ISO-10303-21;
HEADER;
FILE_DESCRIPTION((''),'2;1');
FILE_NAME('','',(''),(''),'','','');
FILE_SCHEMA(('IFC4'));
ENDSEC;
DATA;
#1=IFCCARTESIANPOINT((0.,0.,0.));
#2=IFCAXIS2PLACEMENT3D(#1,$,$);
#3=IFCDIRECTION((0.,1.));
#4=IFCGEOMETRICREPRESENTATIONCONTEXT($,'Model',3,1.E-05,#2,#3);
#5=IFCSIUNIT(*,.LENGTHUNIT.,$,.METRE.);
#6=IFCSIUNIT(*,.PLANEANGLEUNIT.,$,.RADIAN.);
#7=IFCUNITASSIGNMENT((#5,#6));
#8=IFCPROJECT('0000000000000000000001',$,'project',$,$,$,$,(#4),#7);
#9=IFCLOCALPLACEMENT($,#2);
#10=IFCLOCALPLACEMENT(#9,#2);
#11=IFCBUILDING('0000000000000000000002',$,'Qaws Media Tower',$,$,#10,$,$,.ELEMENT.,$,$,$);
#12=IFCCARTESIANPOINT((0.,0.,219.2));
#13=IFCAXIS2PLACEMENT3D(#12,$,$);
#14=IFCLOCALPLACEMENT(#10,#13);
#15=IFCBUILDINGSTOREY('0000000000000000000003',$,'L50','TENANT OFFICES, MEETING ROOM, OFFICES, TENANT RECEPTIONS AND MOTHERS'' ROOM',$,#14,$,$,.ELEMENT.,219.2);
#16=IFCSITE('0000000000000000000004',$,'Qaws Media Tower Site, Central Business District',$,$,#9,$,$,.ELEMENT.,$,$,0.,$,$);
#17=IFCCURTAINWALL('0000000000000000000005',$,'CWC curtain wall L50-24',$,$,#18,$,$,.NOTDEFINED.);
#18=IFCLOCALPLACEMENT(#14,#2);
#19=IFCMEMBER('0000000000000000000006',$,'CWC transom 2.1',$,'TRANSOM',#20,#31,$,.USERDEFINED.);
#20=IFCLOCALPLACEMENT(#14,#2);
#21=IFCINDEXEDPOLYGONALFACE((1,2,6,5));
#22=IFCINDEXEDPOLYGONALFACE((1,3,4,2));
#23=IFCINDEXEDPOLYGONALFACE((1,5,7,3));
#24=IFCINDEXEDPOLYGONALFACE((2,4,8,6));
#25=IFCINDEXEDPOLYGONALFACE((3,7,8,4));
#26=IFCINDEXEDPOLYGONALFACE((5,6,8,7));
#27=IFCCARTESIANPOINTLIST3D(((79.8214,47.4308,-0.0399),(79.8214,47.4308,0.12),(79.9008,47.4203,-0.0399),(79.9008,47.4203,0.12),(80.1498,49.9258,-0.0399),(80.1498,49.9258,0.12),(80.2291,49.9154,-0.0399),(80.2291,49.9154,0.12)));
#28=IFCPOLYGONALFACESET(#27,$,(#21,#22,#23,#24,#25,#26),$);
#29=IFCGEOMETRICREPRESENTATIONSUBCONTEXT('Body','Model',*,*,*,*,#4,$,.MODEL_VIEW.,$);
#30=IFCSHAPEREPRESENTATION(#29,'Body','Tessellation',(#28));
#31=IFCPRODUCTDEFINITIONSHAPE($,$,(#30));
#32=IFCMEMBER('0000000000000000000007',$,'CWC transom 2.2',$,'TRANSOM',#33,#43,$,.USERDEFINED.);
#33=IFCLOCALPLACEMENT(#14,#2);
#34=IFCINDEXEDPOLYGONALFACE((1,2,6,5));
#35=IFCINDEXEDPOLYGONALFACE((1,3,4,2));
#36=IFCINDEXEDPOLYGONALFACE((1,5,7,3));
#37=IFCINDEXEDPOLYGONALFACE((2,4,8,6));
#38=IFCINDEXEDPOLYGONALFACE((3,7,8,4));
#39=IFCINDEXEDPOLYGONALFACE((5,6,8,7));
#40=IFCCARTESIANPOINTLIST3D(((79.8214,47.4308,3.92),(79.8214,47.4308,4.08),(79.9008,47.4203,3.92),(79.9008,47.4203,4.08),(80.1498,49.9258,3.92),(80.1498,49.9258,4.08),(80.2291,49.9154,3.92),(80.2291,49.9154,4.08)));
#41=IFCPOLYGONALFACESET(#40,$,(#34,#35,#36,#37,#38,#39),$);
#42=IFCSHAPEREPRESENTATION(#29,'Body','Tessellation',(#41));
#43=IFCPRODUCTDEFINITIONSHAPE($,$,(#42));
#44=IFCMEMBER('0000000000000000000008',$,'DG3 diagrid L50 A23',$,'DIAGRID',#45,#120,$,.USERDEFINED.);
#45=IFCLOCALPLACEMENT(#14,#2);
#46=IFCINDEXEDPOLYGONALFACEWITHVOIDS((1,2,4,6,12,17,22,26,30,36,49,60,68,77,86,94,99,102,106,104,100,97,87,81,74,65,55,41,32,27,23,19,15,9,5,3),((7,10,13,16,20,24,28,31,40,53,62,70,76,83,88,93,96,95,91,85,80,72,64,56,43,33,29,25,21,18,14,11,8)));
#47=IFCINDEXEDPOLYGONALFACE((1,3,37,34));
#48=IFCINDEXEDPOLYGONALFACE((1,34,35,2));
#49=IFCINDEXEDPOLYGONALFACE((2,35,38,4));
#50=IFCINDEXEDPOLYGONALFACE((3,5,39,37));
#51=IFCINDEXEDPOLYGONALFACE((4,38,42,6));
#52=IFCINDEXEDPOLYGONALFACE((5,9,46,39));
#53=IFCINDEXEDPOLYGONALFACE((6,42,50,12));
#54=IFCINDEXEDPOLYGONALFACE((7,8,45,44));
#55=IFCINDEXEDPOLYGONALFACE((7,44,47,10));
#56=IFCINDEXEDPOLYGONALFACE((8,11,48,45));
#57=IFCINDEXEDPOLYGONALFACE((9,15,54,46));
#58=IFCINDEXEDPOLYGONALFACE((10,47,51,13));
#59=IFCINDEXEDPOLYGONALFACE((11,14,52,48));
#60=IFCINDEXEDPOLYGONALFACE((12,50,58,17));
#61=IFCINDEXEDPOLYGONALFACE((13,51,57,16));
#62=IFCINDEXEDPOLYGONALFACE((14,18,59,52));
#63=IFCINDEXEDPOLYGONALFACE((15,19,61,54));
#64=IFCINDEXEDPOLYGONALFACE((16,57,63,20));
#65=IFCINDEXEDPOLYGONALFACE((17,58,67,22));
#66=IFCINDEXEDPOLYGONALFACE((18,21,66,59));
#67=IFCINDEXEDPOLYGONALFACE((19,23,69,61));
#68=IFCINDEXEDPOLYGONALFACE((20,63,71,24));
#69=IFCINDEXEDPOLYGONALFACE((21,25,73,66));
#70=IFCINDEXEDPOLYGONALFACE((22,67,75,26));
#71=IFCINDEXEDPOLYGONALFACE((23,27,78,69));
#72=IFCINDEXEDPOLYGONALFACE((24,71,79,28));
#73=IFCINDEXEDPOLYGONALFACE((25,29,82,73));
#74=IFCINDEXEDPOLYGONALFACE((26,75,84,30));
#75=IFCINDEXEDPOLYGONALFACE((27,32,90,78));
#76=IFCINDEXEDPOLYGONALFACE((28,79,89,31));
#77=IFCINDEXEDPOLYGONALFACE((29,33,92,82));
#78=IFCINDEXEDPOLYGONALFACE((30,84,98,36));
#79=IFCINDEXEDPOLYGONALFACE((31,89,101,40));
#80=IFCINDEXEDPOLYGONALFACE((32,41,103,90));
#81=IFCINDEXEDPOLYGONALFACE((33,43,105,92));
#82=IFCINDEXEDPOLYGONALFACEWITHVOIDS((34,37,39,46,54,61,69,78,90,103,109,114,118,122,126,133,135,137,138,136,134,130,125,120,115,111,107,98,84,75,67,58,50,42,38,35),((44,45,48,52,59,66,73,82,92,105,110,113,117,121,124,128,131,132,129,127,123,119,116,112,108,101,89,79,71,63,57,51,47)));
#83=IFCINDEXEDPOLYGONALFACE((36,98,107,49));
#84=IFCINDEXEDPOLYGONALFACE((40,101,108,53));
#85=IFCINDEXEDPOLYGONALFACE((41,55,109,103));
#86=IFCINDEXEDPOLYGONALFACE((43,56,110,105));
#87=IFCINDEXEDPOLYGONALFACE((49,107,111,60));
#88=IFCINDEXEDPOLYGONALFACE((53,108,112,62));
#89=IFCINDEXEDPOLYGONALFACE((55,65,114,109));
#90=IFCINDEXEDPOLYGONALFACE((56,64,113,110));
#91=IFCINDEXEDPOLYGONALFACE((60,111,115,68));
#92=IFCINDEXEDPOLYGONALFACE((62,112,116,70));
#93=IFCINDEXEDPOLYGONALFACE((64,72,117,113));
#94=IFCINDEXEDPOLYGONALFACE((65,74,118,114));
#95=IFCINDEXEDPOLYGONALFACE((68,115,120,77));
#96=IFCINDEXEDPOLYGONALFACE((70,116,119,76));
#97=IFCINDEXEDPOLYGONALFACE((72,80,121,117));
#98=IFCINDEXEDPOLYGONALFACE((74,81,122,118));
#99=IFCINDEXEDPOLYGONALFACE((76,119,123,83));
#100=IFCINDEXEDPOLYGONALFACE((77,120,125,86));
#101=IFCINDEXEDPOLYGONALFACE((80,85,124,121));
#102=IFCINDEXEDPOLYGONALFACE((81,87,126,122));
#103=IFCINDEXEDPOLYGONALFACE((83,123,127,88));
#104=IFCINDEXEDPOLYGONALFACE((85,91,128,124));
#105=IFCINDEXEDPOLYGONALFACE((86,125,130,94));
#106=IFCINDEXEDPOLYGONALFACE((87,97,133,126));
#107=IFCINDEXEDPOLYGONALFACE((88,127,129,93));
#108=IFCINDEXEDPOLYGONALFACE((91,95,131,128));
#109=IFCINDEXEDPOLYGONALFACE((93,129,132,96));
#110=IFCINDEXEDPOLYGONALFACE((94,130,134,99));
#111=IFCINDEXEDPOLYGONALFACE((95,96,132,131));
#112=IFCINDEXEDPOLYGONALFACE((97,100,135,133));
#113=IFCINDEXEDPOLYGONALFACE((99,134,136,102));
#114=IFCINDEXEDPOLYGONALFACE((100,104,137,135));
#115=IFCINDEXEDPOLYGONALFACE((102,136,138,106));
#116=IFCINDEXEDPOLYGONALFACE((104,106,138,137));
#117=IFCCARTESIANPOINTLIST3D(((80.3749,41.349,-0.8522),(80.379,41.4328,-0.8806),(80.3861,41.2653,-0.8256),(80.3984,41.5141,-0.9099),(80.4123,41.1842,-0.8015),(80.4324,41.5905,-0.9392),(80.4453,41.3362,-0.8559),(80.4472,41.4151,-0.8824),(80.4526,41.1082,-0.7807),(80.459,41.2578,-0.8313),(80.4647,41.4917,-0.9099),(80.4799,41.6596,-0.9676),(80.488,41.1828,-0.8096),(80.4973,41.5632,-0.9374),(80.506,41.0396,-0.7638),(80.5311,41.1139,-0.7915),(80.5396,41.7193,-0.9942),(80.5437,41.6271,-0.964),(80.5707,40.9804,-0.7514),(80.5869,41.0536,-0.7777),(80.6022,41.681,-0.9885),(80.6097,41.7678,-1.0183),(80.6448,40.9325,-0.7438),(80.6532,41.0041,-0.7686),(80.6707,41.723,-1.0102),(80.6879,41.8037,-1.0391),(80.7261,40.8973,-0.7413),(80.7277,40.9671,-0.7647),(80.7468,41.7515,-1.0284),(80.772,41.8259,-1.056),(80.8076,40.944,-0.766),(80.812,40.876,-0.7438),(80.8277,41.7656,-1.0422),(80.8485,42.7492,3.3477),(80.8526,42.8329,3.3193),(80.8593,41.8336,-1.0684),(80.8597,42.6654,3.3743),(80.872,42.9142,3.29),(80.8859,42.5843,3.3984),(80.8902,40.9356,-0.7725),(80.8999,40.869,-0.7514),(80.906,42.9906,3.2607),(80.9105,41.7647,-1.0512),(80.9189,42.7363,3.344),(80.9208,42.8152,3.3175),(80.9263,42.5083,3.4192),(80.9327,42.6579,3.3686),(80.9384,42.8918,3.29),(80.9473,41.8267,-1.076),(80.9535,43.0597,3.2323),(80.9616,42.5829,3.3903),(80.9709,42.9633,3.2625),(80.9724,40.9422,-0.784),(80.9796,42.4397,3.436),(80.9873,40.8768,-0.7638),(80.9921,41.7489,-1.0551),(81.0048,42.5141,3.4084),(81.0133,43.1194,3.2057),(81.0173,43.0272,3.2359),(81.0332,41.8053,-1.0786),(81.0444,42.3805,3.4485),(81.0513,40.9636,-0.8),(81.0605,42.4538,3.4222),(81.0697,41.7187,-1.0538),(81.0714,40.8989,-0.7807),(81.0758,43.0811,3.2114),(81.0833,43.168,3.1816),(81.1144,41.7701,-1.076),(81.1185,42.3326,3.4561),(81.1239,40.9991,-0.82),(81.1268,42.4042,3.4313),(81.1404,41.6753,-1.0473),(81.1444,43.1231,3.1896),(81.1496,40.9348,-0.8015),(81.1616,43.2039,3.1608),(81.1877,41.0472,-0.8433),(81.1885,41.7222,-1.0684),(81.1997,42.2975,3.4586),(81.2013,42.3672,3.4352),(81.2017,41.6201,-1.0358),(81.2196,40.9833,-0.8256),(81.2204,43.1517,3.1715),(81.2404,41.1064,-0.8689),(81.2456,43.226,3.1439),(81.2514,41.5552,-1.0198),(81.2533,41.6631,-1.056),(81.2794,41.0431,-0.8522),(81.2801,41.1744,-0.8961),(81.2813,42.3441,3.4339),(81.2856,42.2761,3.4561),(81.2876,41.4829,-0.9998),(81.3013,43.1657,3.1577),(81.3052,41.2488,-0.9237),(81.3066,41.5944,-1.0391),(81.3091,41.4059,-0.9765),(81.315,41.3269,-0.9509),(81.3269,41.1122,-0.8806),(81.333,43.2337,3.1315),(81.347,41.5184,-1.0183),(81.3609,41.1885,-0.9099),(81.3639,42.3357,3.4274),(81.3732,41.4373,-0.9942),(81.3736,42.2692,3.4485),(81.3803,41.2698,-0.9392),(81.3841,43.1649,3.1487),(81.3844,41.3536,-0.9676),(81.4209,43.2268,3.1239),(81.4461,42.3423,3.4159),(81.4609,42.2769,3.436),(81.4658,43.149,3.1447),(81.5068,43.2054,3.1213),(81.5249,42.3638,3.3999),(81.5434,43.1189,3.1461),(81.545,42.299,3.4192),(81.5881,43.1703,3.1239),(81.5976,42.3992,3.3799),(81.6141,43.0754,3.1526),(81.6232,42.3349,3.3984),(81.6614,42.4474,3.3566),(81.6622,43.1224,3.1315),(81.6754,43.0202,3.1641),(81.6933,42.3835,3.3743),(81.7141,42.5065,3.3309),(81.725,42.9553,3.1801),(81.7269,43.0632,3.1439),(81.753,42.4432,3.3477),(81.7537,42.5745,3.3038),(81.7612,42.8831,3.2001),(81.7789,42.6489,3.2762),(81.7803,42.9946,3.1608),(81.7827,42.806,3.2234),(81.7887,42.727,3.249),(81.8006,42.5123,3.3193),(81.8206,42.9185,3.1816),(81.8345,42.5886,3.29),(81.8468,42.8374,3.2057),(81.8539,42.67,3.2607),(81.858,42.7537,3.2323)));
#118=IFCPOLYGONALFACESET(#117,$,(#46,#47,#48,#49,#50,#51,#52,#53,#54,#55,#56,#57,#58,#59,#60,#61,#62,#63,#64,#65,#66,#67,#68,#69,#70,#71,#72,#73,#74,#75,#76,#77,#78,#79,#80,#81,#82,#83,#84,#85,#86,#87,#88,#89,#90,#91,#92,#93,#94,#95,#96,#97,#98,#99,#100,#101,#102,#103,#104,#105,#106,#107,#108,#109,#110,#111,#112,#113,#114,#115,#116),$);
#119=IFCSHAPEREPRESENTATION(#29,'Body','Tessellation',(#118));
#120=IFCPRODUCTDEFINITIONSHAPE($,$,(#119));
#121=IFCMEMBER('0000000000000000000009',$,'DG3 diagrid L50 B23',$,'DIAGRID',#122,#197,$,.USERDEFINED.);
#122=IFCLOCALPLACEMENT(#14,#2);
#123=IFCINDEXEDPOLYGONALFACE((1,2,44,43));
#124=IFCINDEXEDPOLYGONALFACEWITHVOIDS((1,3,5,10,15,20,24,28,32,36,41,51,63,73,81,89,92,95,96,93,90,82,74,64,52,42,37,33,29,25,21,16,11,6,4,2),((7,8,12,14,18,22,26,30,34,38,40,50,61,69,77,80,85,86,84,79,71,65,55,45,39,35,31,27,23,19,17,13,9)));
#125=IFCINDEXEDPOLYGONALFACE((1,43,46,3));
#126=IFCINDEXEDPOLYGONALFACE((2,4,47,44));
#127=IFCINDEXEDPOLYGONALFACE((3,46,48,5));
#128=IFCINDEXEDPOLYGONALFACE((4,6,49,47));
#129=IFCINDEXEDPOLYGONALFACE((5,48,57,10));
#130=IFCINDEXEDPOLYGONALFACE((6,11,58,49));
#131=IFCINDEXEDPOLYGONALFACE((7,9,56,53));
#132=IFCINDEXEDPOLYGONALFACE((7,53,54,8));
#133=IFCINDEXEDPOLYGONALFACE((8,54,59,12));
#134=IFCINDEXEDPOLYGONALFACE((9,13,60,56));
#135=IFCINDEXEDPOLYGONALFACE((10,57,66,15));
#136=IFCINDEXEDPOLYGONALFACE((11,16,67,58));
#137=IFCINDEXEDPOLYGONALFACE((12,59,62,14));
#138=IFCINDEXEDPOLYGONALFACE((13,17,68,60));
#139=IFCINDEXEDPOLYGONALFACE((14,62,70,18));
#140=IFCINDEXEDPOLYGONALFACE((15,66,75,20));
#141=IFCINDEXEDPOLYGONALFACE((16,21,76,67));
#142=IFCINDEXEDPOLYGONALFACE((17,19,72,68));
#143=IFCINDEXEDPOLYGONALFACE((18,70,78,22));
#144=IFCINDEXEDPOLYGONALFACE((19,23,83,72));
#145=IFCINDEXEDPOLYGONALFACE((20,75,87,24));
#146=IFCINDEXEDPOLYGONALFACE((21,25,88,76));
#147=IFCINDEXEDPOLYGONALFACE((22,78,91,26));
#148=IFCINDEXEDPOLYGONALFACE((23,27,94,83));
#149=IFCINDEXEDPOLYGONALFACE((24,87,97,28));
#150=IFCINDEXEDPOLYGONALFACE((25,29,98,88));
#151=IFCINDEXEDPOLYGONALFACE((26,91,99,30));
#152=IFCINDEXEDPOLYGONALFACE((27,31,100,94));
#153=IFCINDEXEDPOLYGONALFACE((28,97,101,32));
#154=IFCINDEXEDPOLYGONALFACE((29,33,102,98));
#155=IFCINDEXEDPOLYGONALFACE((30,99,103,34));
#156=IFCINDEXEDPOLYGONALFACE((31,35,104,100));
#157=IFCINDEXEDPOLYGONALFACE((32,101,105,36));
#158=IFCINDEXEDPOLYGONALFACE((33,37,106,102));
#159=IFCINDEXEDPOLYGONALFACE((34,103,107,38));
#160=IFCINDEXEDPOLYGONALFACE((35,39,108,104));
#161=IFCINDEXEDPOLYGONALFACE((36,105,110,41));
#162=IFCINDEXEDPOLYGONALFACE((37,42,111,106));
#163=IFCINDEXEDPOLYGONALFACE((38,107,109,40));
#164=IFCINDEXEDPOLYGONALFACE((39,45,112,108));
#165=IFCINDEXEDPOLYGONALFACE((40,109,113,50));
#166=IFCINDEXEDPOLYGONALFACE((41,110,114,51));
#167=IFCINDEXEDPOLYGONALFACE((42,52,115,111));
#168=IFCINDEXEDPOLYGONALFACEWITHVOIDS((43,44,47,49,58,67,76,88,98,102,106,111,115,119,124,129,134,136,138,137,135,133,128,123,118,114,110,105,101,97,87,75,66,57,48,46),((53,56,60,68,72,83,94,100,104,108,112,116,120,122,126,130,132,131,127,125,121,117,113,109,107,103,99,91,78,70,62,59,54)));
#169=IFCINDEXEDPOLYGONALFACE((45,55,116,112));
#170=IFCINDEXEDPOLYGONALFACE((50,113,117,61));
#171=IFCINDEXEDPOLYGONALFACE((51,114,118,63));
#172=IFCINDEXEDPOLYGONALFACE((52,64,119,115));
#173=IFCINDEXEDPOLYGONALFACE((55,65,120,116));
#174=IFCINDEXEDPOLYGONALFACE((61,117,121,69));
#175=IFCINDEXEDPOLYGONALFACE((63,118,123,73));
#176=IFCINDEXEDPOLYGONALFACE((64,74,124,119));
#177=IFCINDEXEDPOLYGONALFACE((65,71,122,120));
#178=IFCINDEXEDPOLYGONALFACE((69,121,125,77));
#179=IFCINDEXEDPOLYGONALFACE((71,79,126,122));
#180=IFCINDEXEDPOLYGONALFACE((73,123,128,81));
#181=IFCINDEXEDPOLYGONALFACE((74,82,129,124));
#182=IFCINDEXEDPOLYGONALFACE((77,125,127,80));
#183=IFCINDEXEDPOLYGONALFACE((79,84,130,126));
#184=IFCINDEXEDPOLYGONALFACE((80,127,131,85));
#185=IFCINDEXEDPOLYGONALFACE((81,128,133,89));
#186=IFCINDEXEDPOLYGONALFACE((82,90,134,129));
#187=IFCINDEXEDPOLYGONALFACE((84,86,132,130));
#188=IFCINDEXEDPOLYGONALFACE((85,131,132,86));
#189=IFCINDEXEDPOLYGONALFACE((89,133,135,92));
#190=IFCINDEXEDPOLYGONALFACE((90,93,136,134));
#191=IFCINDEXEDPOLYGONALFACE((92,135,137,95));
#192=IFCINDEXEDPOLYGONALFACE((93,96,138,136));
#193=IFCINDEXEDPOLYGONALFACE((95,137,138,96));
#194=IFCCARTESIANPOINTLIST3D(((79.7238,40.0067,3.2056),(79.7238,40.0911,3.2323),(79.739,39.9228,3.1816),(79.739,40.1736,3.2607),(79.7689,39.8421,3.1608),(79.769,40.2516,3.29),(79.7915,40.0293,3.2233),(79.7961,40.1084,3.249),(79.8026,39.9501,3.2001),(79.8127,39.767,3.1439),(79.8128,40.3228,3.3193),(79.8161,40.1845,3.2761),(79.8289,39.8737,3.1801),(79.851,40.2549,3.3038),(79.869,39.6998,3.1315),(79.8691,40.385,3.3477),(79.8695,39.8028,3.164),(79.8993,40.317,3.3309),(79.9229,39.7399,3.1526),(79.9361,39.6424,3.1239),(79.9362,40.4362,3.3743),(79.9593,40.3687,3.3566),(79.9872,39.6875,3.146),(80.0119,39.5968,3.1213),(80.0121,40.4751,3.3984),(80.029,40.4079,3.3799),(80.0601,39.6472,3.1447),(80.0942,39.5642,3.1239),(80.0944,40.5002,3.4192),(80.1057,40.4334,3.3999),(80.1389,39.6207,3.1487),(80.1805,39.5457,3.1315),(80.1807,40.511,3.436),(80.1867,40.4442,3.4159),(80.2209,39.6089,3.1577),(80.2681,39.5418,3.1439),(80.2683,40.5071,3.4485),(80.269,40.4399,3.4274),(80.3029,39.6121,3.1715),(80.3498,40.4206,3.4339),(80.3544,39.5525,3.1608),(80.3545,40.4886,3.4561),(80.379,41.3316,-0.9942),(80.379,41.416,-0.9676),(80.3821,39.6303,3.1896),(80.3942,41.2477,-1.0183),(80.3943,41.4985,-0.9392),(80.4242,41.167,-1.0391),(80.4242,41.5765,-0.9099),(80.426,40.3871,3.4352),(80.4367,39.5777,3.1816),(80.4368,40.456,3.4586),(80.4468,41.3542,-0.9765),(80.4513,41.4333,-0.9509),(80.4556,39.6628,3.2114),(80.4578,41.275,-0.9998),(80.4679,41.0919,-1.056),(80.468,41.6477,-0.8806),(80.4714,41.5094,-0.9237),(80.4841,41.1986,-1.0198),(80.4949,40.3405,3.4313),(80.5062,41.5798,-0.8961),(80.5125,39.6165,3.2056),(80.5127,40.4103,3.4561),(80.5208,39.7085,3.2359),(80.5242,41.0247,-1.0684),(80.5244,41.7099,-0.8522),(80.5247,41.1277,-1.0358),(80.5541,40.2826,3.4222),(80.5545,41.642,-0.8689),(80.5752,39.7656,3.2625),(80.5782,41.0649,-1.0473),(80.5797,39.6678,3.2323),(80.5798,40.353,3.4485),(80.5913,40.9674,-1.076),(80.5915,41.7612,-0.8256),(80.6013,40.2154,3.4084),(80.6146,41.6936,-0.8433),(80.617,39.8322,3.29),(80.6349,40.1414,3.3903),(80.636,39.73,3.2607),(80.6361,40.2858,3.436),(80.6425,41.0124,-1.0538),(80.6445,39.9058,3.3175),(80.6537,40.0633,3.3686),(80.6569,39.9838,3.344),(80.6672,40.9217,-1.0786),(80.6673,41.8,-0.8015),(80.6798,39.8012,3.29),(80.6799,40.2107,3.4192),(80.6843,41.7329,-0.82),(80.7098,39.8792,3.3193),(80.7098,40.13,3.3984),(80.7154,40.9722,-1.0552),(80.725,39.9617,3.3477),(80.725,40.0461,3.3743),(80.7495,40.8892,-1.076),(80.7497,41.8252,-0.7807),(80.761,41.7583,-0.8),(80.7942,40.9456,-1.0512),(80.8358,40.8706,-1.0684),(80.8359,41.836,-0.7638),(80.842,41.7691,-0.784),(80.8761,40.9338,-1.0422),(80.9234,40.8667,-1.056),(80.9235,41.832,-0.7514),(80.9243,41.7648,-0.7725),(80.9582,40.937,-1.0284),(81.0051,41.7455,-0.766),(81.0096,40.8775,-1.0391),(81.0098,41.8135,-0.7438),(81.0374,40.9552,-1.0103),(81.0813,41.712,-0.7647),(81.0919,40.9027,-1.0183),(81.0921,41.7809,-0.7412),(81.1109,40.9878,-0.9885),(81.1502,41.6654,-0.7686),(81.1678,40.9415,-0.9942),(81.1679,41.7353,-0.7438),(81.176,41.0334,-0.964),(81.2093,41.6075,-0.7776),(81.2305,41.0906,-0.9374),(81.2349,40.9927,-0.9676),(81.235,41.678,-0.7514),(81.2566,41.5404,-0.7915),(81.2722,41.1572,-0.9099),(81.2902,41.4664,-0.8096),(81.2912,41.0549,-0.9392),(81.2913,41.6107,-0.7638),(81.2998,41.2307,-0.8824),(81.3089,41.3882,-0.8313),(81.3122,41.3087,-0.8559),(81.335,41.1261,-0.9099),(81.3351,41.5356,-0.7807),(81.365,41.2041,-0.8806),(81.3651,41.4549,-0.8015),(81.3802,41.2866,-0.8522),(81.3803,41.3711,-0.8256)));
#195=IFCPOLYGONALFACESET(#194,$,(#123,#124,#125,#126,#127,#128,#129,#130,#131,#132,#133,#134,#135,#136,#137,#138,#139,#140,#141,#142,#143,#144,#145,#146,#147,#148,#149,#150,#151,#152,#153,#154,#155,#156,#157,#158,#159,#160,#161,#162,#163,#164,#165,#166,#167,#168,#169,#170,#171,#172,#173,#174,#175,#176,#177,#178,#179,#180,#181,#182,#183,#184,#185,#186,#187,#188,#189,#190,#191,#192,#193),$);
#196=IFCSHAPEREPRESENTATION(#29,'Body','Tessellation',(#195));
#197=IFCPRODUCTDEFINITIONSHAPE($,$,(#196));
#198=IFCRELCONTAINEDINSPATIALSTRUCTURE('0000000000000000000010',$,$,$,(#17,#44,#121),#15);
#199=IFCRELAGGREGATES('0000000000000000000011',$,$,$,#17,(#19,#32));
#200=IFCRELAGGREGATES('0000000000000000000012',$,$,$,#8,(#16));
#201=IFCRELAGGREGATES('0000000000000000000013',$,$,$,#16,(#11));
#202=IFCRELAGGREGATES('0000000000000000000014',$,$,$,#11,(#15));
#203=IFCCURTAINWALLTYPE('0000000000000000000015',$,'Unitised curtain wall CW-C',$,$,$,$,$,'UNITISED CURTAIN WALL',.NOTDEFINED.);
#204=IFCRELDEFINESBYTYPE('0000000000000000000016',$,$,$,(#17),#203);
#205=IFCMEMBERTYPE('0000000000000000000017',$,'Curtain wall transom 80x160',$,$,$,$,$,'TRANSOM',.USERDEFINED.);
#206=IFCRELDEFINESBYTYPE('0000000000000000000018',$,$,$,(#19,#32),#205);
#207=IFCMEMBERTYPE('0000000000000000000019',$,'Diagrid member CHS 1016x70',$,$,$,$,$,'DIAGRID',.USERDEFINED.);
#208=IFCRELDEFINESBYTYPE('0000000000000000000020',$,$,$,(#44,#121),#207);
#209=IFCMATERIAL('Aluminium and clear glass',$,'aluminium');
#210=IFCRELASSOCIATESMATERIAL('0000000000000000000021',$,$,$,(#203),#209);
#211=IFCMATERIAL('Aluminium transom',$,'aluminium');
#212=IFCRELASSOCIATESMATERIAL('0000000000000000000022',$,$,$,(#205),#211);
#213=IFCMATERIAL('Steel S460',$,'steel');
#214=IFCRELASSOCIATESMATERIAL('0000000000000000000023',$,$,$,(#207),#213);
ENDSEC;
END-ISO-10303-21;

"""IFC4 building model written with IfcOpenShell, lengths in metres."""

from ifc_helpers import new_model, si_unit, direction, frame, origin, origin_2d, place, context, subcontext, project, spatial, rectangle, hollow_circle, extrude, material, material_profile, profile_set, type_object, element, aggregate, save


model = new_model("IFC4")

# Units and contexts
model_context = context("Model", 3, precision=1e-05, world=origin(), true_north=direction((0.0, 1.0)))
body_context = subcontext(model_context, "Body", "Model", "MODEL_VIEW")
ifc_project = project(units=[si_unit("LENGTHUNIT", "METRE"), si_unit("PLANEANGLEUNIT", "RADIAN")], contexts=[model_context])

# Site, building, storey
site_placement = place(None, origin())
site = spatial("IfcSite", under=ifc_project, at=site_placement, Name="Qaws Media Tower Site, Central Business District", CompositionType="ELEMENT", RefElevation=0.0)
building_placement = place(site_placement, origin())
building = spatial("IfcBuilding", under=site, at=building_placement, Name="Qaws Media Tower", CompositionType="ELEMENT")
storey_placement = place(building_placement, frame((0.0, 0.0, 219.2)))
storey = spatial("IfcBuildingStorey", under=building, at=storey_placement, Name="L50", Description="TENANT OFFICES, MEETING ROOM, OFFICES, TENANT RECEPTIONS AND MOTHERS' ROOM", CompositionType="ELEMENT", Elevation=219.2)

# Curtain wall
ifc_material_1 = material(Name="Aluminium and clear glass", Category="aluminium")
curtain_wall_type = type_object("IfcCurtainWallType", Name="Unitised curtain wall CW-C", ElementType="UNITISED CURTAIN WALL", PredefinedType="NOTDEFINED", material=ifc_material_1)
curtain_wall_1_placement = place(storey_placement, origin())
curtain_wall_1 = element("IfcCurtainWall", 1, at=curtain_wall_1_placement, inside=storey, type_object=curtain_wall_type, Name="CWC curtain wall L50-24", PredefinedType="NOTDEFINED")

# Members
ifc_material_2 = material(Name="Aluminium transom", Category="aluminium")
ifc_material_profile_1 = material_profile(ifc_material_2, rectangle(XDim=0.0801, YDim=0.1599, at=origin_2d()), Name="80x160")
ifc_profile_set_1 = profile_set([ifc_material_profile_1], Name="Aluminium transom")
member_type_1 = type_object("IfcMemberType", Name="Curtain wall transom 80x160", ElementType="TRANSOM", PredefinedType="USERDEFINED", material=ifc_profile_set_1)
member_1_placement = place(storey_placement, frame((79.8611, 47.4255, 0.04), z_axis=(0.13048, 0.991451, 0.0), x_axis=(-0.991451, 0.13048, 0.0)))
member_1 = element("IfcMember", 2, at=member_1_placement, type_object=member_type_1, Name="CWC transom 2.1", ObjectType="TRANSOM", PredefinedType="USERDEFINED", context=body_context, shape_type="SweptSolid", body=[
    extrude(rectangle(XDim=0.0801, YDim=0.1599, at=origin_2d()), origin(), (0.0, 0.0, 1.0), 2.5166),
])
member_2_placement = place(storey_placement, frame((79.8611, 47.4255, 4.0), z_axis=(0.13048, 0.991451, 0.0), x_axis=(-0.991451, 0.13048, 0.0)))
member_2 = element("IfcMember", 3, at=member_2_placement, type_object=member_type_1, Name="CWC transom 2.2", ObjectType="TRANSOM", PredefinedType="USERDEFINED", context=body_context, shape_type="SweptSolid", body=[
    extrude(rectangle(XDim=0.0801, YDim=0.1599, at=origin_2d()), origin(), (0.0, 0.0, 1.0), 2.5166),
])

# Members
ifc_material_3 = material(Name="Steel S460", Category="steel")
ifc_material_profile_2 = material_profile(ifc_material_3, hollow_circle(Radius=0.5081, WallThickness=0.0701, at=origin_2d()), Name="CHS 1016x70")
ifc_profile_set_2 = profile_set([ifc_material_profile_2], Name="Steel S460")
member_type_2 = type_object("IfcMemberType", Name="Diagrid member CHS 1016x70", ElementType="DIAGRID", PredefinedType="USERDEFINED", material=ifc_profile_set_2)
for number, where, z_axis, x_axis, name in (
    (4, (80.8796, 41.3513, -0.9099), (0.106376, 0.314466, 0.94329), (-0.94727, 0.320437, 0.0), "DG3 diagrid L50 A23"),
    (5, (80.8796, 41.3513, -0.9099), (-0.147171, -0.297577, 0.943286), (0.896368, -0.443311, 0.0), "DG3 diagrid L50 B23"),
):
    element("IfcMember", number, at=place(storey_placement, frame(where, z_axis=z_axis, x_axis=x_axis)), inside=storey, type_object=member_type_2, Name=name, ObjectType="DIAGRID", PredefinedType="USERDEFINED", context=body_context, shape_type="SweptSolid", body=[
        extrude(hollow_circle(Radius=0.5081, WallThickness=0.0701, at=origin_2d()), origin(), (0.0, 0.0, 1.0), 4.4524),
    ])

aggregate(curtain_wall_1, [member_1, member_2])

save(model, "model.ifc")
